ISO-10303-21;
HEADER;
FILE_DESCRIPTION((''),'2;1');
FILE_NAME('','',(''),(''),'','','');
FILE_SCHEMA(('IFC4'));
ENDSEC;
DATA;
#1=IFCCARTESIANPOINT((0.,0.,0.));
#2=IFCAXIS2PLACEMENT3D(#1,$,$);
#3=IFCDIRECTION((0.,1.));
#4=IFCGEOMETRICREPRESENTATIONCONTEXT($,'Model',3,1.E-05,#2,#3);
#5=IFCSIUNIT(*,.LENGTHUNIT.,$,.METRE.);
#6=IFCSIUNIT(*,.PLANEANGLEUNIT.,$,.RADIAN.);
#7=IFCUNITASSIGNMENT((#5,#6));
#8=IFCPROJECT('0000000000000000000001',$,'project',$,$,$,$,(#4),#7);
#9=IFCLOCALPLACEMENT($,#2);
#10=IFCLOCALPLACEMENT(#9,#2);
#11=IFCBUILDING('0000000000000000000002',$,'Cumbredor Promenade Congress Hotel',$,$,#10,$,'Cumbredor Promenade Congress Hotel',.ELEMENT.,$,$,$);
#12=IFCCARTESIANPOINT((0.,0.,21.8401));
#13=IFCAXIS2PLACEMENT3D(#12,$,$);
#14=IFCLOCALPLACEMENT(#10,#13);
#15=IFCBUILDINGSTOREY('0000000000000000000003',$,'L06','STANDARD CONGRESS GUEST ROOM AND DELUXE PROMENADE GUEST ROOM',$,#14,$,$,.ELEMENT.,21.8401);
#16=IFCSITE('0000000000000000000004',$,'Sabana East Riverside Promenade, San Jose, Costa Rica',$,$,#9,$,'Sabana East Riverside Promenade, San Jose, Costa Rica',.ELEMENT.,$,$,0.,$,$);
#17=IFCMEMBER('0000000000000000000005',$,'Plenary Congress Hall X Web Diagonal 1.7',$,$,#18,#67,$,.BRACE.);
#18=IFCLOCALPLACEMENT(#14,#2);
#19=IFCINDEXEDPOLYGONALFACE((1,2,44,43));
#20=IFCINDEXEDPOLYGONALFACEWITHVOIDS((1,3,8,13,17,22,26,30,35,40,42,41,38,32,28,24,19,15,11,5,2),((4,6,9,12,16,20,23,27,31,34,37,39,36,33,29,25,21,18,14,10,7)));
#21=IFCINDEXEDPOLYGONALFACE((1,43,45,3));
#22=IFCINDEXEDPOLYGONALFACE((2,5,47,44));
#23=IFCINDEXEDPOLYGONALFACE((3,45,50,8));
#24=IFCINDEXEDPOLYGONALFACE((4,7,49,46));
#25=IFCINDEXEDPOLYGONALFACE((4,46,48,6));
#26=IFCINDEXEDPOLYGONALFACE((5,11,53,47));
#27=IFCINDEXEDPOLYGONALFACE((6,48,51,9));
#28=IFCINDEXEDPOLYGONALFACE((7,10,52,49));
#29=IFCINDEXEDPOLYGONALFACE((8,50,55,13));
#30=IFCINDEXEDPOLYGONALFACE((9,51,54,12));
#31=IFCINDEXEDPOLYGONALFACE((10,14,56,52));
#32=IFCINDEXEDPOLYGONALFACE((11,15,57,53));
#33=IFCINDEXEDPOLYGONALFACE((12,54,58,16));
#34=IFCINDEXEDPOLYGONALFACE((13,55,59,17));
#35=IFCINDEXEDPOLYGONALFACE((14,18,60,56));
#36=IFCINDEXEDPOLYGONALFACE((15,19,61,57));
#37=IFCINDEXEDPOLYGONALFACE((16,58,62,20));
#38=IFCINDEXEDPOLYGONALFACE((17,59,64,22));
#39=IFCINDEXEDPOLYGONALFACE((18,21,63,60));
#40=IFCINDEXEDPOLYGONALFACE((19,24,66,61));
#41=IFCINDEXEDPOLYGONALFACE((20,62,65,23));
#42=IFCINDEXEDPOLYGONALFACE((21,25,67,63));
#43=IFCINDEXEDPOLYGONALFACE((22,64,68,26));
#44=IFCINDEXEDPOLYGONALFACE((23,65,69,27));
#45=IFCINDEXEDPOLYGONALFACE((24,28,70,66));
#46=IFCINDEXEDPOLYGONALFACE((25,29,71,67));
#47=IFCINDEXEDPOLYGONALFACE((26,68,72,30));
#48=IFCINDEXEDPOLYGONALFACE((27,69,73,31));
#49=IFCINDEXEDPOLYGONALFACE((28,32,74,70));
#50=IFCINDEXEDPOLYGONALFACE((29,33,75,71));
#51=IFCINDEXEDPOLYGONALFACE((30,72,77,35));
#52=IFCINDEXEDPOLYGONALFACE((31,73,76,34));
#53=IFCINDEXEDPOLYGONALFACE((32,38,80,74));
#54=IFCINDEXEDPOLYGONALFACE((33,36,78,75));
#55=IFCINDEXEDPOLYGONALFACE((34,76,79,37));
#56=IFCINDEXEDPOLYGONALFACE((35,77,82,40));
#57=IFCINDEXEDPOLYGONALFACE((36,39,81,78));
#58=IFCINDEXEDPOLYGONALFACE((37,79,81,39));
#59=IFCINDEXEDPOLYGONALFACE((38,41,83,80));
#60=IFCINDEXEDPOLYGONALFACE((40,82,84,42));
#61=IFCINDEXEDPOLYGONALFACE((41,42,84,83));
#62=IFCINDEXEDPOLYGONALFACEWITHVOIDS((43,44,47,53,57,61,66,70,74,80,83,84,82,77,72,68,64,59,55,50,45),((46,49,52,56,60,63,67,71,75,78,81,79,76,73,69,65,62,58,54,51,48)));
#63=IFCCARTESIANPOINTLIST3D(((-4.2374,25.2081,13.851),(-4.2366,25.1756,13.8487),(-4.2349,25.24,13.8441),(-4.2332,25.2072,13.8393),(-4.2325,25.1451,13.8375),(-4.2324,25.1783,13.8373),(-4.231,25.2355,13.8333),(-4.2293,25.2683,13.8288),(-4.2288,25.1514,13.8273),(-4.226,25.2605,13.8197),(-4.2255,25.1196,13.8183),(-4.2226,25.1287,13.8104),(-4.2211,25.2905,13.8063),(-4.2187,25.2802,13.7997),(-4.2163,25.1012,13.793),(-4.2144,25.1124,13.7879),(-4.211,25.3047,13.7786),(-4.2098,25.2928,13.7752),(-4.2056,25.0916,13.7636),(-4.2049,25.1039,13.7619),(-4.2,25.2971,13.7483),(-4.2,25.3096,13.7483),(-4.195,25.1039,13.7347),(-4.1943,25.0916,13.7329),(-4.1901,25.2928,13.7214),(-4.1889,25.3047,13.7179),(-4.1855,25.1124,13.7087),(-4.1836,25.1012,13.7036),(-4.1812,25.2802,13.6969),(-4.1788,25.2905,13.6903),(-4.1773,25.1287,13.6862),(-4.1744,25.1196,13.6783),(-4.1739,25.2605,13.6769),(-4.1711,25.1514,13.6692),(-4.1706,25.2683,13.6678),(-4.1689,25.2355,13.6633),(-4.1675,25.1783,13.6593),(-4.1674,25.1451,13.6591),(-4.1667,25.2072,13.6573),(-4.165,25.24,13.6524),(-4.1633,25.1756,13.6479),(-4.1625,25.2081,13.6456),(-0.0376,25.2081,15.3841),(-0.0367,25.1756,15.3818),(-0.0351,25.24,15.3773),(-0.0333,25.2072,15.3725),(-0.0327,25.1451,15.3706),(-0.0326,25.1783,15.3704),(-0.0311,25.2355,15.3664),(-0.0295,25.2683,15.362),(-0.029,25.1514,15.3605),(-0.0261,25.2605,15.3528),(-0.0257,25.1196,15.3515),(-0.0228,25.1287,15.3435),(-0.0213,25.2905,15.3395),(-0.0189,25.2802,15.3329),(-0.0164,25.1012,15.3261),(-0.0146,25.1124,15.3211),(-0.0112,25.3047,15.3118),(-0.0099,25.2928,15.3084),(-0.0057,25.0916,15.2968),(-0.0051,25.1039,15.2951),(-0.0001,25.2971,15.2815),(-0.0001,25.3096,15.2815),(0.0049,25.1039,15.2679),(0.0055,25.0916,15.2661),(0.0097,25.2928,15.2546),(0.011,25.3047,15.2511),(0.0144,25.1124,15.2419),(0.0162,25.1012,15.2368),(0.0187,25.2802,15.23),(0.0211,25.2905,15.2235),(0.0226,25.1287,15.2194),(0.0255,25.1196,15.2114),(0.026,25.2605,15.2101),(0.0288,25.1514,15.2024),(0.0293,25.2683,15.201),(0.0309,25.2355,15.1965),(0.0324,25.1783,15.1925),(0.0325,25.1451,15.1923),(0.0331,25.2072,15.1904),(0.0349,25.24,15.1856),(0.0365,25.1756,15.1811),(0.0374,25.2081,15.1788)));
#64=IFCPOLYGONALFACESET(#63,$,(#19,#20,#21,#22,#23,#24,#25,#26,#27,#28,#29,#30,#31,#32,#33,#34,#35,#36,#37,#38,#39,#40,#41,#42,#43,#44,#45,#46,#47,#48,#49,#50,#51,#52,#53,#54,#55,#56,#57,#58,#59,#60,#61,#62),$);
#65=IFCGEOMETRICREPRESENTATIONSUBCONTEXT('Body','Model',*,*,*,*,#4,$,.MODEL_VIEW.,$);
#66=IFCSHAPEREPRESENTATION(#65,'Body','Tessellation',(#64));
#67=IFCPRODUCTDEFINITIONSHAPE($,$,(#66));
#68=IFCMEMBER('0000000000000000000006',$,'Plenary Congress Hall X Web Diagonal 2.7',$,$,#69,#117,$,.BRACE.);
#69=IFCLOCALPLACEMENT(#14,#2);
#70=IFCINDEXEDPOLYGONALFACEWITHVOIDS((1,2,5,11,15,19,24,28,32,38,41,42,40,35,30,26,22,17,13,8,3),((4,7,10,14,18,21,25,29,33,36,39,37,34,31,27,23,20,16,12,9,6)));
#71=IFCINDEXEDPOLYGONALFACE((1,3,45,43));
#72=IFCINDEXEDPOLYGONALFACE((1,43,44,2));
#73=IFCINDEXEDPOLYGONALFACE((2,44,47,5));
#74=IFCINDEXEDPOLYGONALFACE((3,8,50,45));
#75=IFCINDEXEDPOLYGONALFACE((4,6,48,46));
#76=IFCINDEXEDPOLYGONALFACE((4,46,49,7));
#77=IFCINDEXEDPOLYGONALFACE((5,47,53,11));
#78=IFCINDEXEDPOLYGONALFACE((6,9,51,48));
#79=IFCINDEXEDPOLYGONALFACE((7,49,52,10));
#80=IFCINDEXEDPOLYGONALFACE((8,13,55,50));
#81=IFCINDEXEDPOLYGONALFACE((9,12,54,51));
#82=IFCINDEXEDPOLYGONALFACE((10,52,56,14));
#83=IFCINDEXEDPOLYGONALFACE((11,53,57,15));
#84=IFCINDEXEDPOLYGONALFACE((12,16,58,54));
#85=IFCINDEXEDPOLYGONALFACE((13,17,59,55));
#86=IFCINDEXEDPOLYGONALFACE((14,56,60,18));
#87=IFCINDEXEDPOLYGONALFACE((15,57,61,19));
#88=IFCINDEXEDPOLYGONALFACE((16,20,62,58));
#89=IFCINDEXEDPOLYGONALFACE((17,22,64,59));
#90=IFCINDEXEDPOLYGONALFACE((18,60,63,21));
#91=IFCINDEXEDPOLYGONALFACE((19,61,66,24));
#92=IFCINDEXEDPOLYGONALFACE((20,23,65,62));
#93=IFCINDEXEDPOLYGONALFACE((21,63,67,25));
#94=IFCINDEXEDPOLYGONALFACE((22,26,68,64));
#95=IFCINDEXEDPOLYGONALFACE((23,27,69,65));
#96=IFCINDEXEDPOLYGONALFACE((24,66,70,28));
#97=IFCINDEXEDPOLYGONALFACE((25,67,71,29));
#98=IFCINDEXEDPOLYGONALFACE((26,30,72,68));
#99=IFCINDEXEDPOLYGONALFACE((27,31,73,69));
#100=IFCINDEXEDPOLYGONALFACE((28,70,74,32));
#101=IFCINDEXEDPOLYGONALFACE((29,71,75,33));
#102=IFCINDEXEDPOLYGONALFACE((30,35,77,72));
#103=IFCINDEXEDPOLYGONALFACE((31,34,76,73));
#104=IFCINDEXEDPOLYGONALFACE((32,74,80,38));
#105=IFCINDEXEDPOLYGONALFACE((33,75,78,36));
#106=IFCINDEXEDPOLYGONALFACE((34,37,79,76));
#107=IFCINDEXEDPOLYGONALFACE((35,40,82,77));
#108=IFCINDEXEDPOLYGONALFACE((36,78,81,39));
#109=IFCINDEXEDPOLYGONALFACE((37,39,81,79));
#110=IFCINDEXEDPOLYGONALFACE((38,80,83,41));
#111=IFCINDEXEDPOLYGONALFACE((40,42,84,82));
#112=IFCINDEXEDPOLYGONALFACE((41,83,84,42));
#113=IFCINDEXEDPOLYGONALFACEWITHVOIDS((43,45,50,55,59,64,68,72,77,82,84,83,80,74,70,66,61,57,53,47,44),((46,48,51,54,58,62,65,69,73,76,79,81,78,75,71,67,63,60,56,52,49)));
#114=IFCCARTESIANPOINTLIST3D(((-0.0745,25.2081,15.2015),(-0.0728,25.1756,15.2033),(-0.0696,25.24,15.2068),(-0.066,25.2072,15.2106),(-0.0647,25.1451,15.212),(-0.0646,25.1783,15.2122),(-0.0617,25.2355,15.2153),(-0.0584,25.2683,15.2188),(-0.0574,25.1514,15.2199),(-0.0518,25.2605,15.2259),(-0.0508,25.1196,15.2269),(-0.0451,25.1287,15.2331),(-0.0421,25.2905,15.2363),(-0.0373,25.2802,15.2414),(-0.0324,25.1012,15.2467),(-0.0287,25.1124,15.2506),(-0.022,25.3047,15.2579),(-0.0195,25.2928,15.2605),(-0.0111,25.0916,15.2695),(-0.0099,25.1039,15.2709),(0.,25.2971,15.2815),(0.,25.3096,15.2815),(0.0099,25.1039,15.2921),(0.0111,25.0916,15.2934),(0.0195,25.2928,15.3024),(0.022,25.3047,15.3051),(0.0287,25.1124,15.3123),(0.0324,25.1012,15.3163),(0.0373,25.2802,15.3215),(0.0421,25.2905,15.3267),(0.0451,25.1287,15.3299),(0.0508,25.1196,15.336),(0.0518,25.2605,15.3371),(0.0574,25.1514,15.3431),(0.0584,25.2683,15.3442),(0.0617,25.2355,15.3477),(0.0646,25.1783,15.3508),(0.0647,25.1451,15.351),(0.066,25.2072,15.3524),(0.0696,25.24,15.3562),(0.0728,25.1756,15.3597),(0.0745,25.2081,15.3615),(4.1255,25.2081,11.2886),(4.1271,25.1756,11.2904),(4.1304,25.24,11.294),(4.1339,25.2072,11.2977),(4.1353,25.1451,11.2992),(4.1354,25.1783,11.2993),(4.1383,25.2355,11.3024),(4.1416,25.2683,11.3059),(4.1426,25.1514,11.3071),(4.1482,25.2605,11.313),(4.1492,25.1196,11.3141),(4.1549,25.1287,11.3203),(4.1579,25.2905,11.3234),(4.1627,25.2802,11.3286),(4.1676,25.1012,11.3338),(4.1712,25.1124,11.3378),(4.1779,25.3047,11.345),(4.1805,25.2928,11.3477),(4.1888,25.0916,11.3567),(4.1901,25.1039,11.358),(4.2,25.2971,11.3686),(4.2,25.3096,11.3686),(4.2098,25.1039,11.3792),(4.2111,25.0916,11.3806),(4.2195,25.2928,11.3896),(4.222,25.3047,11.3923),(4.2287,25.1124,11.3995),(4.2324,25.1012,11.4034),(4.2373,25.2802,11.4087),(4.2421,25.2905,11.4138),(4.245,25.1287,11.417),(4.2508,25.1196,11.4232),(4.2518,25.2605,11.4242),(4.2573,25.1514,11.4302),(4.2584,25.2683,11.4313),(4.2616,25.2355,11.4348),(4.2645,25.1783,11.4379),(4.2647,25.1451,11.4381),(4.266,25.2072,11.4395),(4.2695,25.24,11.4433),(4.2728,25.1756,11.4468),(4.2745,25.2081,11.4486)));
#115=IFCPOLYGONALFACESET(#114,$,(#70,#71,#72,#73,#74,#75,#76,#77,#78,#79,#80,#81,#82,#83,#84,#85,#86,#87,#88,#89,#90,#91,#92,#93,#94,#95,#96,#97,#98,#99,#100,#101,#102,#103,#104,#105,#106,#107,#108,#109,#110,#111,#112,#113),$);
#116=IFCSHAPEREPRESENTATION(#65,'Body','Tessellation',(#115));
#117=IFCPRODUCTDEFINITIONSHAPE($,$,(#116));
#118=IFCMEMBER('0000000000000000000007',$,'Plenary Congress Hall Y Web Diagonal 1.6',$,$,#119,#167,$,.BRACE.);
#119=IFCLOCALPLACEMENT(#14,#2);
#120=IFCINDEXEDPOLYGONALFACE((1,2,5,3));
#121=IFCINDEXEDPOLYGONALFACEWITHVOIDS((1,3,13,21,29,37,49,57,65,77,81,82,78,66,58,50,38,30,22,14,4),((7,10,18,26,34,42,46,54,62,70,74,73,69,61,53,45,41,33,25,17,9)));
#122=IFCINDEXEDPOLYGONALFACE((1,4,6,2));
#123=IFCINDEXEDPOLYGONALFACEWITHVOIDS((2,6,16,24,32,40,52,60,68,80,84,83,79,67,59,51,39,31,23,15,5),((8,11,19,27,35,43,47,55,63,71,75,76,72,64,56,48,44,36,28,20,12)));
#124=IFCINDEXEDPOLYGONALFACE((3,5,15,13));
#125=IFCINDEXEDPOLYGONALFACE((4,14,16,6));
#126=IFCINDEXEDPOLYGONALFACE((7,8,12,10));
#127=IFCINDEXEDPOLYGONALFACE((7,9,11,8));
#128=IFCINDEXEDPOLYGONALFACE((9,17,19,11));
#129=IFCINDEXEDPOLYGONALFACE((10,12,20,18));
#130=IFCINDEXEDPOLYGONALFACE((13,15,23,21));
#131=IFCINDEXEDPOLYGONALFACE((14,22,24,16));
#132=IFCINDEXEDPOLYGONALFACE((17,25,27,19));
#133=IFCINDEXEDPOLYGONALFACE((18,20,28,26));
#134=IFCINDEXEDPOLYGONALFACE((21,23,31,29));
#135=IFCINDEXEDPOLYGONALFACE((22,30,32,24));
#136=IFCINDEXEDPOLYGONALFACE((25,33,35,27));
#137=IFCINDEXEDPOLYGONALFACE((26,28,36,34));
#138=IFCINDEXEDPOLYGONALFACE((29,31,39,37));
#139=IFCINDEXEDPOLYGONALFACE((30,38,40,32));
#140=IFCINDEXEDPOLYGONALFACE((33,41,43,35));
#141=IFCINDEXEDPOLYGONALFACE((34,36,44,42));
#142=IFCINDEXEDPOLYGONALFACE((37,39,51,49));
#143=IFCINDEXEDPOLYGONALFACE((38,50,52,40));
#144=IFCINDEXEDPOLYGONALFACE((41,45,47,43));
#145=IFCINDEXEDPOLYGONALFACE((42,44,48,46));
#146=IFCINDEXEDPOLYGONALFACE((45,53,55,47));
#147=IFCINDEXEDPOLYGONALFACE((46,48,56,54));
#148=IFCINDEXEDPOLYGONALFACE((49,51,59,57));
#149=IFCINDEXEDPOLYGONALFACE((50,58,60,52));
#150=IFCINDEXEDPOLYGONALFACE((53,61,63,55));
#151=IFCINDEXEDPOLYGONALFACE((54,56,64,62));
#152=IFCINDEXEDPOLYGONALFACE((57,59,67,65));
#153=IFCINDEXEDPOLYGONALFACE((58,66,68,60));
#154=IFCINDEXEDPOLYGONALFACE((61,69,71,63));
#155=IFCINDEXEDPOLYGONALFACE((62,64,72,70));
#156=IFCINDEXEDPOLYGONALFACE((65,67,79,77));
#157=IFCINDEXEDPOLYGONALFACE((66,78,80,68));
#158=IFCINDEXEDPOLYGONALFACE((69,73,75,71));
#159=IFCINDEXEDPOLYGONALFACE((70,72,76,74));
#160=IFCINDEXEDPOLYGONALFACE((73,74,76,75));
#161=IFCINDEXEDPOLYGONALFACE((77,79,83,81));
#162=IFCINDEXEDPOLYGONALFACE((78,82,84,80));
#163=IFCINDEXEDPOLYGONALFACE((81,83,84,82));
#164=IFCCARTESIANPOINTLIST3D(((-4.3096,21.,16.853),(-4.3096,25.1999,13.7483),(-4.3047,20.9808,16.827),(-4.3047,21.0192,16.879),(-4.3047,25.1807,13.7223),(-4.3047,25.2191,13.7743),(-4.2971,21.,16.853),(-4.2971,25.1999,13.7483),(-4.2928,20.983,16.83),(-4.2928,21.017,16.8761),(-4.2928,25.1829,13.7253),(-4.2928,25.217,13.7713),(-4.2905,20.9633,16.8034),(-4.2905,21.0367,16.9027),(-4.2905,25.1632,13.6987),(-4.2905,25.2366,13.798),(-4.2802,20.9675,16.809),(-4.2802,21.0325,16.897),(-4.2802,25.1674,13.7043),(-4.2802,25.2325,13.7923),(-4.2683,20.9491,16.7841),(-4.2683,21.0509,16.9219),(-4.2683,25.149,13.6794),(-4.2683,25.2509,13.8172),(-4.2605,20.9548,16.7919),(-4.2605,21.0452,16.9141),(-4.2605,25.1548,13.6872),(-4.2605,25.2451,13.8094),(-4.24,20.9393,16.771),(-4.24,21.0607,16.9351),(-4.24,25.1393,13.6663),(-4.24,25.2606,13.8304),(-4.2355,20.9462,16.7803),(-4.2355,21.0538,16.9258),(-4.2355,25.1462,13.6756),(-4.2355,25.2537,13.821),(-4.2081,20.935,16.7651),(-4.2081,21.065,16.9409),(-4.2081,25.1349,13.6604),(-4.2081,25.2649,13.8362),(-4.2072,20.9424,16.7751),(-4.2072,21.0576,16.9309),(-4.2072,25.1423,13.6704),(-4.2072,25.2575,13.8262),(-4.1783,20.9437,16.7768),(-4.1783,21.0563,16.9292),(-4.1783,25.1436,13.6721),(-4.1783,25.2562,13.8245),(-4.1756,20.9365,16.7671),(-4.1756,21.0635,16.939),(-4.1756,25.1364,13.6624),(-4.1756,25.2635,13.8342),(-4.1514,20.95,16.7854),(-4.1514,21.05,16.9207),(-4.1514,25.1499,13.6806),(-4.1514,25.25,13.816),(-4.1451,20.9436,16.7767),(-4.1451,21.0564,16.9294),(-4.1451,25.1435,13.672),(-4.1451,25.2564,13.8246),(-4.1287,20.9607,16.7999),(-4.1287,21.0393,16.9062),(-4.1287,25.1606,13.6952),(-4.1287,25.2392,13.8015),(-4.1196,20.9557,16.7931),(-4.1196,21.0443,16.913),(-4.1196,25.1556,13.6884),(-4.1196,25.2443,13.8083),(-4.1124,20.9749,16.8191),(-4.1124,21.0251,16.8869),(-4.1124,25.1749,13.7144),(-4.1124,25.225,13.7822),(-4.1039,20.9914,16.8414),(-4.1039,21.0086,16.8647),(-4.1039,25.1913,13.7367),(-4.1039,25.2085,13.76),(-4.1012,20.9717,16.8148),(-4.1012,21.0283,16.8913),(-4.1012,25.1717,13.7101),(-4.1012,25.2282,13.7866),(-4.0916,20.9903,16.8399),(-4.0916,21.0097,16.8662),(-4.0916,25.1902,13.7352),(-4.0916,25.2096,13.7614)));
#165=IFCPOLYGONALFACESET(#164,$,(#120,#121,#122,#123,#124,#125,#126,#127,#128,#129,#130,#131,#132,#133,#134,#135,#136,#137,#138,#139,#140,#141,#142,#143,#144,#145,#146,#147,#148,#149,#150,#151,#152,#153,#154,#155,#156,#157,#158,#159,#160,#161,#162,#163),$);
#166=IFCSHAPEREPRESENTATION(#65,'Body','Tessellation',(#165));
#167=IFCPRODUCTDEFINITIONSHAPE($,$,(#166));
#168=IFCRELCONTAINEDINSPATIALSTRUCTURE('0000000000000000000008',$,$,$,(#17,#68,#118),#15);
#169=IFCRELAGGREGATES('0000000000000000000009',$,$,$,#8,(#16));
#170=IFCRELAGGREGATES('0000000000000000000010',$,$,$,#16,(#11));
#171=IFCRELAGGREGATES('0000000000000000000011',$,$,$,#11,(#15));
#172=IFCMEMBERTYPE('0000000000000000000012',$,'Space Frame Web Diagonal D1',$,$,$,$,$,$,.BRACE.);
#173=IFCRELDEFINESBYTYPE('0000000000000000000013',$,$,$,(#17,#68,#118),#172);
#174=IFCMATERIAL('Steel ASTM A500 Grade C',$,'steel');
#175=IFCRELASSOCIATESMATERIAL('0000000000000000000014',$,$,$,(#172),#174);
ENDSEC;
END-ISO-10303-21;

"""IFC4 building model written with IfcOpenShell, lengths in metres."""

from ifc_helpers import new_model, si_unit, direction, frame, origin, origin_2d, place, context, subcontext, project, spatial, hollow_circle, extrude, material, material_profile, profile_set, type_object, element, save


model = new_model("IFC4")

# Units and contexts
model_context = context("Model", 3, precision=1e-05, world=origin(), true_north=direction((0.0, 1.0)))
body_context = subcontext(model_context, "Body", "Model", "MODEL_VIEW")
ifc_project = project(units=[si_unit("LENGTHUNIT", "METRE"), si_unit("PLANEANGLEUNIT", "RADIAN")], contexts=[model_context])

# Site, building, storey
site_placement = place(None, origin())
site = spatial("IfcSite", under=ifc_project, at=site_placement, Name="Sabana East Riverside Promenade, San Jose, Costa Rica", LongName="Sabana East Riverside Promenade, San Jose, Costa Rica", CompositionType="ELEMENT", RefElevation=0.0)
building_placement = place(site_placement, origin())
building = spatial("IfcBuilding", under=site, at=building_placement, Name="Cumbredor Promenade Congress Hotel", LongName="Cumbredor Promenade Congress Hotel", CompositionType="ELEMENT")
storey_placement = place(building_placement, frame((0.0, 0.0, 21.8401)))
storey = spatial("IfcBuildingStorey", under=building, at=storey_placement, Name="L06", Description="STANDARD CONGRESS GUEST ROOM AND DELUXE PROMENADE GUEST ROOM", CompositionType="ELEMENT", Elevation=21.8401)

# Members
ifc_material_1 = material(Name="Steel ASTM A500 Grade C", Category="steel")
ifc_material_profile_1 = material_profile(ifc_material_1, hollow_circle(Radius=0.1096, WallThickness=0.0125, at=origin_2d()), Name="CHS 219.1x12.5")
ifc_profile_set_1 = profile_set([ifc_material_profile_1], Name="Steel ASTM A500 Grade C")
member_type_1 = type_object("IfcMemberType", Name="Space Frame Web Diagonal D1", PredefinedType="BRACE", material=ifc_profile_set_1)
member_1_placement = place(storey_placement, frame((-4.2, 25.2, 13.7483), z_axis=(0.939365, 0.0, 0.342918), x_axis=(0.0, 1.0, 0.0)))
element("IfcMember", 1, at=member_1_placement, inside=storey, type_object=member_type_1, Name="Plenary Congress Hall X Web Diagonal 1.7", PredefinedType="BRACE", context=body_context, shape_type="SweptSolid", body=[
    extrude(hollow_circle(Radius=0.1096, WallThickness=0.0125, at=origin_2d()), origin(), (0.0, 0.0, 1.0), 4.4709),
])
member_2_placement = place(storey_placement, frame((0.0, 25.2, 15.2815), z_axis=(0.731673, 0.0, -0.681656), x_axis=(0.0, 1.0, 0.0)))
element("IfcMember", 2, at=member_2_placement, inside=storey, type_object=member_type_1, Name="Plenary Congress Hall X Web Diagonal 2.7", PredefinedType="BRACE", context=body_context, shape_type="SweptSolid", body=[
    extrude(hollow_circle(Radius=0.1096, WallThickness=0.0125, at=origin_2d()), origin(), (0.0, 0.0, 1.0), 5.7402),
])
member_3_placement = place(storey_placement, frame((-4.2, 21.0, 16.853), z_axis=(0.0, 0.804137, -0.594444), x_axis=(-1.0, 0.0, 0.0)))
element("IfcMember", 3, at=member_3_placement, inside=storey, type_object=member_type_1, Name="Plenary Congress Hall Y Web Diagonal 1.6", PredefinedType="BRACE", context=body_context, shape_type="SweptSolid", body=[
    extrude(hollow_circle(Radius=0.1096, WallThickness=0.0125, at=origin_2d()), origin(), (0.0, 0.0, 1.0), 5.2229),
])

save(model, "model.ifc")
